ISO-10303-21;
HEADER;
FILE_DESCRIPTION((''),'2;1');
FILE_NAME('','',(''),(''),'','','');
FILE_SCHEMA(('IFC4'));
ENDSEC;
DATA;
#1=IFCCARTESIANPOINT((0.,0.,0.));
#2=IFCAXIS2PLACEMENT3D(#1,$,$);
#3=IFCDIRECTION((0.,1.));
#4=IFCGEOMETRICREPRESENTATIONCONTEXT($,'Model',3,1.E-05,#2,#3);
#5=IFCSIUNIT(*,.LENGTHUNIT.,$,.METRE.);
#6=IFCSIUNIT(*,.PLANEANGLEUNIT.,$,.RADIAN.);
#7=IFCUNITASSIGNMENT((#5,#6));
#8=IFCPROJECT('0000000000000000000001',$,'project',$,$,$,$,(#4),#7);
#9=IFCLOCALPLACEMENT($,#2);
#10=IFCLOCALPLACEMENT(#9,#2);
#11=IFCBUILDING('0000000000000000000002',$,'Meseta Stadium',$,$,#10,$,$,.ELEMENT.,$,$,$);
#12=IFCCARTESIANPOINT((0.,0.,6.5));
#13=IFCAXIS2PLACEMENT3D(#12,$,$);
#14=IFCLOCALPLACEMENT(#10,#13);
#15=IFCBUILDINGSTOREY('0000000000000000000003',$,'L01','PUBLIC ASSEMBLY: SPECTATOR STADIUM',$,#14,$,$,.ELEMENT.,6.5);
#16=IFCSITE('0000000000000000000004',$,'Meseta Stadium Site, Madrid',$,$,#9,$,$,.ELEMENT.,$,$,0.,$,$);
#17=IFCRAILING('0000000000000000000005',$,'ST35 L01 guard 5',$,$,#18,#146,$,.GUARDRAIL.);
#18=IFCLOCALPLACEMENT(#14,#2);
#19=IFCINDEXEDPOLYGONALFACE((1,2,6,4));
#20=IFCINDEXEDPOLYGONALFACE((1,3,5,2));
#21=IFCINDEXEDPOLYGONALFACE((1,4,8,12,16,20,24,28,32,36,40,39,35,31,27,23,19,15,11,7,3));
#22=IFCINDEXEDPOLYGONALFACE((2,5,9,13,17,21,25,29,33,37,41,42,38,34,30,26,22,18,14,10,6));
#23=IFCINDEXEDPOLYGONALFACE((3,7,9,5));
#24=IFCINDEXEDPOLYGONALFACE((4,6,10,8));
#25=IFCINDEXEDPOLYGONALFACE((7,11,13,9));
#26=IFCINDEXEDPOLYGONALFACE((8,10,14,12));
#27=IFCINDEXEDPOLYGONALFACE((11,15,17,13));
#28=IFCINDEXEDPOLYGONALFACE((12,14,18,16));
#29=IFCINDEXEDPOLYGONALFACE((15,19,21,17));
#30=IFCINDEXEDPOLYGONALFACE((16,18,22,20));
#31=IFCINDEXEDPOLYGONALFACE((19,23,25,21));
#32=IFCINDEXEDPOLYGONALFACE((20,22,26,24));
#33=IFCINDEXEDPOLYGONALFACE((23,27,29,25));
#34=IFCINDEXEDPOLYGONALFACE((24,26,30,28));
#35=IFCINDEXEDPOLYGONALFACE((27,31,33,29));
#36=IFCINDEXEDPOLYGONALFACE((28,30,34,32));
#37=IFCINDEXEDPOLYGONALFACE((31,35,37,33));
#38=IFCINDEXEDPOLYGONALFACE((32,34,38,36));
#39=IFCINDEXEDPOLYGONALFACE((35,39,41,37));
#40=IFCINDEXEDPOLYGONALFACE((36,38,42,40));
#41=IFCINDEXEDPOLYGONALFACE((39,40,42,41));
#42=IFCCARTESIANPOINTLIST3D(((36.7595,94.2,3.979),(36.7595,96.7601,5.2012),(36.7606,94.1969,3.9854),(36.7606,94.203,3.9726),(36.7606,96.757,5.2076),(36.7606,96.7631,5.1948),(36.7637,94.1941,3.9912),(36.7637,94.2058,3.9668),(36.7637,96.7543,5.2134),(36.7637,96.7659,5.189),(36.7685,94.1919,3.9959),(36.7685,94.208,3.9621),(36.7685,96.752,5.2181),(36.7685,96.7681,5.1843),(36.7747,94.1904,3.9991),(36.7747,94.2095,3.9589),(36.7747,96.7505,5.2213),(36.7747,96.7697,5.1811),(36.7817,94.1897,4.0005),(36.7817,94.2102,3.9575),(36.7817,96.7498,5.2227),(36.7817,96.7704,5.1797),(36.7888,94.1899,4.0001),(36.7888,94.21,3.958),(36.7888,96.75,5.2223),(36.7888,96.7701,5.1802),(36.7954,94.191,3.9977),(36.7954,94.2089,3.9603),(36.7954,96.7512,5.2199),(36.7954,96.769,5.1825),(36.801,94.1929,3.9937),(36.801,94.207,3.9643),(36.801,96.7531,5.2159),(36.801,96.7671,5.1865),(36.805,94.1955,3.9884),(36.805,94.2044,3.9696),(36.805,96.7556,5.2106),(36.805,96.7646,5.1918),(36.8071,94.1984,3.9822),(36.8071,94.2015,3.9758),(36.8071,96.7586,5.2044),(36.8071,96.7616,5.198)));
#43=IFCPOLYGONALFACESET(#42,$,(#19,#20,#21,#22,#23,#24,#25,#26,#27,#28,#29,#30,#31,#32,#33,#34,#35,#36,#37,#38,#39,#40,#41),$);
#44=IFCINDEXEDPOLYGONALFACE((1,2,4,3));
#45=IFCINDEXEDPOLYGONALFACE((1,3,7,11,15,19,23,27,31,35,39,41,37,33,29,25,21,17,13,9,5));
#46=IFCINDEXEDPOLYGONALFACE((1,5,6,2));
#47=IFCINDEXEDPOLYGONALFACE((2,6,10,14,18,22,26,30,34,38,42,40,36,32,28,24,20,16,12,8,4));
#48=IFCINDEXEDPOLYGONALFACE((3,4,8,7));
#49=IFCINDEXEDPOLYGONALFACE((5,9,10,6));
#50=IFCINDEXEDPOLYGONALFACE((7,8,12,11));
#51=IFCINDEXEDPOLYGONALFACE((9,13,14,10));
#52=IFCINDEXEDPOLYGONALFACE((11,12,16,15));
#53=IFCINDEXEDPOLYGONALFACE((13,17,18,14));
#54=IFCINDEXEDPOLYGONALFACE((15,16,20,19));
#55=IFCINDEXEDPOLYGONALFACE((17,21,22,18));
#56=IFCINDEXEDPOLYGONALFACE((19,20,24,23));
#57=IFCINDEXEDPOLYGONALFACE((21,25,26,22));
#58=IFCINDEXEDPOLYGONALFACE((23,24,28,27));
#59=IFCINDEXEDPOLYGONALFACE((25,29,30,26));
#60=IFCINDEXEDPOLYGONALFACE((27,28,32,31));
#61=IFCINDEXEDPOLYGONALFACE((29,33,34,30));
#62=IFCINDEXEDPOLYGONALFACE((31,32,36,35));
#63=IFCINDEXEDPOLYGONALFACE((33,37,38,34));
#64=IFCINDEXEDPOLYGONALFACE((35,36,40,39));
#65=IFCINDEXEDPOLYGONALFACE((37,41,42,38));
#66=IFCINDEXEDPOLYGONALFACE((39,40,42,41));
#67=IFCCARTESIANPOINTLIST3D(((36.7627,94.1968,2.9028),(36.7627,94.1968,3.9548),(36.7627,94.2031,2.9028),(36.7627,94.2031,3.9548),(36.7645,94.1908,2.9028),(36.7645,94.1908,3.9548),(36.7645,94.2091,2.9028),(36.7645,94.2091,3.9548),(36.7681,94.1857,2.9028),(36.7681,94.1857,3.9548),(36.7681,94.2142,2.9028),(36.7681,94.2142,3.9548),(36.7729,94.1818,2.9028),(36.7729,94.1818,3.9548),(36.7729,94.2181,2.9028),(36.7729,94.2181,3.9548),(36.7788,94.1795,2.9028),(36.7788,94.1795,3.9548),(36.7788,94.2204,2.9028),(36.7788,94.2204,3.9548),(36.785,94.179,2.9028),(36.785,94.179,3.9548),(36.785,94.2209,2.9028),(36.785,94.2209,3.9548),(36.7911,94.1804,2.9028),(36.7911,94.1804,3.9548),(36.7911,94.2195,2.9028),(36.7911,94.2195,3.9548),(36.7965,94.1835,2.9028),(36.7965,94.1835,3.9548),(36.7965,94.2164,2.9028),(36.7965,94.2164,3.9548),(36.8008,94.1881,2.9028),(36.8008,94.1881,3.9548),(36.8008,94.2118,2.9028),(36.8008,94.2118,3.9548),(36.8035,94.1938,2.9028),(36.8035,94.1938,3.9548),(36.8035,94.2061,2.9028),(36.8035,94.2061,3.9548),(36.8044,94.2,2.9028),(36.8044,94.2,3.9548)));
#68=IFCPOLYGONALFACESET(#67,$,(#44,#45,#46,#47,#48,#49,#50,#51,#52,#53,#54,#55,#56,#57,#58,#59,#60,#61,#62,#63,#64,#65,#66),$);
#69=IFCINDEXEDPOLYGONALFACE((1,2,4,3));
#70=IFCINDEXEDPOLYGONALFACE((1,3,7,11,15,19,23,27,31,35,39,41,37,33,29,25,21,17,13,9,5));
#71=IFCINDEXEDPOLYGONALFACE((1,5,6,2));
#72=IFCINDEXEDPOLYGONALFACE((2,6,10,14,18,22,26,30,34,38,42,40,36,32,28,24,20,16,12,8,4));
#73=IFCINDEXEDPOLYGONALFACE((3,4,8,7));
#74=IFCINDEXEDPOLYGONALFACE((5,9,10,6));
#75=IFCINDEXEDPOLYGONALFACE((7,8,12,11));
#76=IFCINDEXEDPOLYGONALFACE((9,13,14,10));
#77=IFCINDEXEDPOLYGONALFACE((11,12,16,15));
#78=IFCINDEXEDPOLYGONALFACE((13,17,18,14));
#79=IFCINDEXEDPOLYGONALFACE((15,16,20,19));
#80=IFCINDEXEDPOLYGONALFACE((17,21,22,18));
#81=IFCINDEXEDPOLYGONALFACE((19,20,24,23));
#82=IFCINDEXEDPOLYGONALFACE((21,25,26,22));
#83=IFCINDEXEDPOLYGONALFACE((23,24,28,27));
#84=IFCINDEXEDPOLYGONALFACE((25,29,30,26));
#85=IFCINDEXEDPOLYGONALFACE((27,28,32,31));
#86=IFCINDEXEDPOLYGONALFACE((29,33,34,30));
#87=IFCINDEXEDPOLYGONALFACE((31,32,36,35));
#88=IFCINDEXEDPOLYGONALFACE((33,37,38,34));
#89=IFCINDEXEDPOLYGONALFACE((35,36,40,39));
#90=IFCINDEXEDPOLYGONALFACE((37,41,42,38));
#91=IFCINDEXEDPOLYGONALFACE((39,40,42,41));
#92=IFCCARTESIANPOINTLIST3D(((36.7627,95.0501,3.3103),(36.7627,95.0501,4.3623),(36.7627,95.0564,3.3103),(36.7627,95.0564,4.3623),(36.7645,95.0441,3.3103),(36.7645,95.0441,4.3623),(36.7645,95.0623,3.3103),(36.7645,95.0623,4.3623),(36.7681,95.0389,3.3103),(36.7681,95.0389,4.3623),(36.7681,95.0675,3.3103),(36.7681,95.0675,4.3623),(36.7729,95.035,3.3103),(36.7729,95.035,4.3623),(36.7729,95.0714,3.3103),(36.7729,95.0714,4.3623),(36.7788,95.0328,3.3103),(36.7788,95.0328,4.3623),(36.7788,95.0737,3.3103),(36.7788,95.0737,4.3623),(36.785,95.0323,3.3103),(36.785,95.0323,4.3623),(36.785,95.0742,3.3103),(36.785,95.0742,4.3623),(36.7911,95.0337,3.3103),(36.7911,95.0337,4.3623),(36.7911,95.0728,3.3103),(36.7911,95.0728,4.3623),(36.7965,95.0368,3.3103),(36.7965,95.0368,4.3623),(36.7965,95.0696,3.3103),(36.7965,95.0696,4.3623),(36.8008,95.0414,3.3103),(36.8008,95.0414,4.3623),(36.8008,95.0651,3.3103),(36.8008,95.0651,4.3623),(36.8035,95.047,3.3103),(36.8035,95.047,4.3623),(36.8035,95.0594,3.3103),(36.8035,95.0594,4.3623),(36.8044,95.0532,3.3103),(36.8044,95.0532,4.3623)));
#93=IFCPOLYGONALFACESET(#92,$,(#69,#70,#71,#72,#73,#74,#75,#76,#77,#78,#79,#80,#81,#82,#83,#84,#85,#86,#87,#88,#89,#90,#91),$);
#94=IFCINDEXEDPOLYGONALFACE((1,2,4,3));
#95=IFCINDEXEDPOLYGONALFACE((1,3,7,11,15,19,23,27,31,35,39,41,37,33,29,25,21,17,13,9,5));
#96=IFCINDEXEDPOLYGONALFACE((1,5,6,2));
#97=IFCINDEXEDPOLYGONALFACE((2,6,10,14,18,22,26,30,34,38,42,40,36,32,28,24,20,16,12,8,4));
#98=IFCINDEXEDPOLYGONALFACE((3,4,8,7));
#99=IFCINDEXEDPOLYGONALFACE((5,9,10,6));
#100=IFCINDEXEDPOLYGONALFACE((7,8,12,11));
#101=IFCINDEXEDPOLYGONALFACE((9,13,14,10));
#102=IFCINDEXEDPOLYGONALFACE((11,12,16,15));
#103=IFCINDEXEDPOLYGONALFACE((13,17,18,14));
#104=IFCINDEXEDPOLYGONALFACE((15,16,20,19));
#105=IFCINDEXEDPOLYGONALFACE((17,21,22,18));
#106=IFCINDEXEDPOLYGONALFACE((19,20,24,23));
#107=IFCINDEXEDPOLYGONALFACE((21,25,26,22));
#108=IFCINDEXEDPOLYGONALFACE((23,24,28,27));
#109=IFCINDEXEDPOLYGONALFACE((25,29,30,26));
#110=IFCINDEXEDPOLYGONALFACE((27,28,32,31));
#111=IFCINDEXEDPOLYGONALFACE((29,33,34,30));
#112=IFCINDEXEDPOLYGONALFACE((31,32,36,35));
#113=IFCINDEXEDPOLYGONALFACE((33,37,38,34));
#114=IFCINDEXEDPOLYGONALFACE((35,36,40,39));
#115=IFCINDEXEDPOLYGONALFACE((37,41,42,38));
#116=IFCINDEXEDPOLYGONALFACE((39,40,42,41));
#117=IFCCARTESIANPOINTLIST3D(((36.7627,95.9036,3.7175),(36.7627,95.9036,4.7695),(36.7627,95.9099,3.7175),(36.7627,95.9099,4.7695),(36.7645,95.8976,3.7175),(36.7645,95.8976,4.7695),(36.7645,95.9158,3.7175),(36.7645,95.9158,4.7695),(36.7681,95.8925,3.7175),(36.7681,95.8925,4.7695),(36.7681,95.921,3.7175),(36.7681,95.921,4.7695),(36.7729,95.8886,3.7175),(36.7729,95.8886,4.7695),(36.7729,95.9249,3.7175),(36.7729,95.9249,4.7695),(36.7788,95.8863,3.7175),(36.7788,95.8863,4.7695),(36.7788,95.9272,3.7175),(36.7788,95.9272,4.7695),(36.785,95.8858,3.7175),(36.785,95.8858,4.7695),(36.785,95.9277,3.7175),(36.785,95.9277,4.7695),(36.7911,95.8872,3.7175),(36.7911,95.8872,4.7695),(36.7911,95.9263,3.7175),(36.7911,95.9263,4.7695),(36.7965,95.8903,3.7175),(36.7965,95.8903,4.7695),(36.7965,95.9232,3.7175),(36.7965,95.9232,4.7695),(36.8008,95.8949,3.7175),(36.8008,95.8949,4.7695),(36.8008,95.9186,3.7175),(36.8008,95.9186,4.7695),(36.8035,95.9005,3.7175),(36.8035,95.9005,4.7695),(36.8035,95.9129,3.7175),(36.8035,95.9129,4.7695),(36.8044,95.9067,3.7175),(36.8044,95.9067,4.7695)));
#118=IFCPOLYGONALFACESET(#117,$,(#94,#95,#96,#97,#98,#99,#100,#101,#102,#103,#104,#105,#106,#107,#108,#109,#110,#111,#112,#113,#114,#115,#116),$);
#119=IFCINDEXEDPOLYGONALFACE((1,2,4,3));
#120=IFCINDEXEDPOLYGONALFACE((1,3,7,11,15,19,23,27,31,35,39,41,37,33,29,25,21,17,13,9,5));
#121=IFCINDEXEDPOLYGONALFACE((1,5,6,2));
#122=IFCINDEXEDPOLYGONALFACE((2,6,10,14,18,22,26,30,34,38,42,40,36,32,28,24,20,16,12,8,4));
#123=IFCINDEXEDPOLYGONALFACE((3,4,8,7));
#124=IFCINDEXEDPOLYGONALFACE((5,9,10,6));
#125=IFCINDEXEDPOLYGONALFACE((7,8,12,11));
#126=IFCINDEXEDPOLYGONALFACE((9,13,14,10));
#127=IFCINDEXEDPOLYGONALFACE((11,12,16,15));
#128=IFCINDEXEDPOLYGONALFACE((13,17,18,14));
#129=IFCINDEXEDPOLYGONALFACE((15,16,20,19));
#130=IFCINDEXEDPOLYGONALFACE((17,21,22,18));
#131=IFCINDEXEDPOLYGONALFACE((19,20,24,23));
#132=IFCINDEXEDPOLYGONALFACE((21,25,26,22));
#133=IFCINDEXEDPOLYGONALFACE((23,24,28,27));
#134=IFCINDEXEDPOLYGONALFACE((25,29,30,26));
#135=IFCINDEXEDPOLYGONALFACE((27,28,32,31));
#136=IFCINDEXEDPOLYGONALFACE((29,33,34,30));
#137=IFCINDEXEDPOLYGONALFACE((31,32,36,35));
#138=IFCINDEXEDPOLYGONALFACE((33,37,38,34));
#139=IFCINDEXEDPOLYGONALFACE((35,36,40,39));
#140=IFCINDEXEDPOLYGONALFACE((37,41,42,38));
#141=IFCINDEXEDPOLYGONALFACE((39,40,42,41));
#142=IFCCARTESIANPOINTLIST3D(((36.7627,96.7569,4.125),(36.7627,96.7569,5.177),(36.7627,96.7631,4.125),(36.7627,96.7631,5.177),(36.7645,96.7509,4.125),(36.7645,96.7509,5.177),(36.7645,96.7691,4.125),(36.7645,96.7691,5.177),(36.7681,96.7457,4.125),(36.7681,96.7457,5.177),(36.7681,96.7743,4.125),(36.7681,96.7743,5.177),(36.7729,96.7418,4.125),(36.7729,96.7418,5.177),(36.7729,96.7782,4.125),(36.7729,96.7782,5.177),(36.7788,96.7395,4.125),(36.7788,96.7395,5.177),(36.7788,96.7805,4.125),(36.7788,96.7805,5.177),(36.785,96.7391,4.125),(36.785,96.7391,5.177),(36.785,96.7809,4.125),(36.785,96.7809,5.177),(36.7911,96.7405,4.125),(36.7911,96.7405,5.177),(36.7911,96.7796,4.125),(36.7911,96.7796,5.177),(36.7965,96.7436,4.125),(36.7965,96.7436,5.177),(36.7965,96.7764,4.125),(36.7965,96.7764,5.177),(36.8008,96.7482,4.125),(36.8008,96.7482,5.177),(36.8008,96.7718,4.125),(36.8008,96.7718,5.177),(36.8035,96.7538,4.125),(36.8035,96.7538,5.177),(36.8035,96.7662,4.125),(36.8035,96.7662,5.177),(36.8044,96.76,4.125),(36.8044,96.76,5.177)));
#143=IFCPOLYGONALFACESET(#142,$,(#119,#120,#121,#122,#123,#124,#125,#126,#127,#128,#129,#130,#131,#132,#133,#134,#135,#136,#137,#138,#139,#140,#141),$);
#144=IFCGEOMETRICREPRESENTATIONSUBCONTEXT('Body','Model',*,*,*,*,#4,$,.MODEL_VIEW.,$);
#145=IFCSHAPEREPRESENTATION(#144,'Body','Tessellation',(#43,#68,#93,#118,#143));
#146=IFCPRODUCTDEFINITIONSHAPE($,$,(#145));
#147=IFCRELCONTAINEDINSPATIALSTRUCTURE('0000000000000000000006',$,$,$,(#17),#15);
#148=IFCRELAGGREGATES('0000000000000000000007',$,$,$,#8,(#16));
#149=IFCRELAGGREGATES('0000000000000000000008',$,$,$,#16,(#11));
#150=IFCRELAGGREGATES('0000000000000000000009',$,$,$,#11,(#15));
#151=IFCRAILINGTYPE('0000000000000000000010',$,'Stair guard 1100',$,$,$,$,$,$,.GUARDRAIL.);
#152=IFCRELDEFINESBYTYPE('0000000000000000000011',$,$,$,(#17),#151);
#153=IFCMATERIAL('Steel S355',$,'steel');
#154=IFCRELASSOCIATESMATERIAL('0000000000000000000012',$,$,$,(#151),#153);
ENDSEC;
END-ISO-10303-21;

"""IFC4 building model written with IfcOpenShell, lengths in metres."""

from ifc_helpers import new_model, si_unit, direction, frame, origin, origin_2d, place, context, subcontext, project, spatial, circle, extrude, material, type_object, element, save


model = new_model("IFC4")

# Units and contexts
model_context = context("Model", 3, precision=1e-05, world=origin(), true_north=direction((0.0, 1.0)))
body_context = subcontext(model_context, "Body", "Model", "MODEL_VIEW")
ifc_project = project(units=[si_unit("LENGTHUNIT", "METRE"), si_unit("PLANEANGLEUNIT", "RADIAN")], contexts=[model_context])

# Site, building, storey
site_placement = place(None, origin())
site = spatial("IfcSite", under=ifc_project, at=site_placement, Name="Meseta Stadium Site, Madrid", CompositionType="ELEMENT", RefElevation=0.0)
building_placement = place(site_placement, origin())
building = spatial("IfcBuilding", under=site, at=building_placement, Name="Meseta Stadium", CompositionType="ELEMENT")
storey_placement = place(building_placement, frame((0.0, 0.0, 6.5)))
storey = spatial("IfcBuildingStorey", under=building, at=storey_placement, Name="L01", Description="PUBLIC ASSEMBLY: SPECTATOR STADIUM", CompositionType="ELEMENT", Elevation=6.5)

# Railing
ifc_material_1 = material(Name="Steel S355", Category="steel")
railing_type_1 = type_object("IfcRailingType", Name="Stair guard 1100", PredefinedType="GUARDRAIL", material=ifc_material_1)
railing_1_placement = place(storey_placement, frame((36.7834, 94.2, 2.9028)))
element("IfcRailing", 1, at=railing_1_placement, inside=storey, type_object=railing_type_1, Name="ST35 L01 guard 5", PredefinedType="GUARDRAIL", context=body_context, shape_type="SweptSolid", body=[
    extrude(circle(Radius=0.0239, at=origin_2d()), frame((0.0, 0.0, 1.0762), z_axis=(0.0, 0.902437, 0.430822), x_axis=(-1.0, 0.0, 0.0)), (0.0, 0.0, 1.0), 2.8369),
    extrude(circle(Radius=0.021, at=origin_2d()), origin(), (0.0, 0.0, 1.0), 1.052),
    extrude(circle(Radius=0.021, at=origin_2d()), frame((0.0, 0.8533, 0.4075)), (0.0, 0.0, 1.0), 1.052),
    extrude(circle(Radius=0.021, at=origin_2d()), frame((0.0, 1.7068, 0.8147)), (0.0, 0.0, 1.0), 1.052),
    extrude(circle(Radius=0.021, at=origin_2d()), frame((0.0, 2.5601, 1.2222)), (0.0, 0.0, 1.0), 1.052),
])

save(model, "model.ifc")
